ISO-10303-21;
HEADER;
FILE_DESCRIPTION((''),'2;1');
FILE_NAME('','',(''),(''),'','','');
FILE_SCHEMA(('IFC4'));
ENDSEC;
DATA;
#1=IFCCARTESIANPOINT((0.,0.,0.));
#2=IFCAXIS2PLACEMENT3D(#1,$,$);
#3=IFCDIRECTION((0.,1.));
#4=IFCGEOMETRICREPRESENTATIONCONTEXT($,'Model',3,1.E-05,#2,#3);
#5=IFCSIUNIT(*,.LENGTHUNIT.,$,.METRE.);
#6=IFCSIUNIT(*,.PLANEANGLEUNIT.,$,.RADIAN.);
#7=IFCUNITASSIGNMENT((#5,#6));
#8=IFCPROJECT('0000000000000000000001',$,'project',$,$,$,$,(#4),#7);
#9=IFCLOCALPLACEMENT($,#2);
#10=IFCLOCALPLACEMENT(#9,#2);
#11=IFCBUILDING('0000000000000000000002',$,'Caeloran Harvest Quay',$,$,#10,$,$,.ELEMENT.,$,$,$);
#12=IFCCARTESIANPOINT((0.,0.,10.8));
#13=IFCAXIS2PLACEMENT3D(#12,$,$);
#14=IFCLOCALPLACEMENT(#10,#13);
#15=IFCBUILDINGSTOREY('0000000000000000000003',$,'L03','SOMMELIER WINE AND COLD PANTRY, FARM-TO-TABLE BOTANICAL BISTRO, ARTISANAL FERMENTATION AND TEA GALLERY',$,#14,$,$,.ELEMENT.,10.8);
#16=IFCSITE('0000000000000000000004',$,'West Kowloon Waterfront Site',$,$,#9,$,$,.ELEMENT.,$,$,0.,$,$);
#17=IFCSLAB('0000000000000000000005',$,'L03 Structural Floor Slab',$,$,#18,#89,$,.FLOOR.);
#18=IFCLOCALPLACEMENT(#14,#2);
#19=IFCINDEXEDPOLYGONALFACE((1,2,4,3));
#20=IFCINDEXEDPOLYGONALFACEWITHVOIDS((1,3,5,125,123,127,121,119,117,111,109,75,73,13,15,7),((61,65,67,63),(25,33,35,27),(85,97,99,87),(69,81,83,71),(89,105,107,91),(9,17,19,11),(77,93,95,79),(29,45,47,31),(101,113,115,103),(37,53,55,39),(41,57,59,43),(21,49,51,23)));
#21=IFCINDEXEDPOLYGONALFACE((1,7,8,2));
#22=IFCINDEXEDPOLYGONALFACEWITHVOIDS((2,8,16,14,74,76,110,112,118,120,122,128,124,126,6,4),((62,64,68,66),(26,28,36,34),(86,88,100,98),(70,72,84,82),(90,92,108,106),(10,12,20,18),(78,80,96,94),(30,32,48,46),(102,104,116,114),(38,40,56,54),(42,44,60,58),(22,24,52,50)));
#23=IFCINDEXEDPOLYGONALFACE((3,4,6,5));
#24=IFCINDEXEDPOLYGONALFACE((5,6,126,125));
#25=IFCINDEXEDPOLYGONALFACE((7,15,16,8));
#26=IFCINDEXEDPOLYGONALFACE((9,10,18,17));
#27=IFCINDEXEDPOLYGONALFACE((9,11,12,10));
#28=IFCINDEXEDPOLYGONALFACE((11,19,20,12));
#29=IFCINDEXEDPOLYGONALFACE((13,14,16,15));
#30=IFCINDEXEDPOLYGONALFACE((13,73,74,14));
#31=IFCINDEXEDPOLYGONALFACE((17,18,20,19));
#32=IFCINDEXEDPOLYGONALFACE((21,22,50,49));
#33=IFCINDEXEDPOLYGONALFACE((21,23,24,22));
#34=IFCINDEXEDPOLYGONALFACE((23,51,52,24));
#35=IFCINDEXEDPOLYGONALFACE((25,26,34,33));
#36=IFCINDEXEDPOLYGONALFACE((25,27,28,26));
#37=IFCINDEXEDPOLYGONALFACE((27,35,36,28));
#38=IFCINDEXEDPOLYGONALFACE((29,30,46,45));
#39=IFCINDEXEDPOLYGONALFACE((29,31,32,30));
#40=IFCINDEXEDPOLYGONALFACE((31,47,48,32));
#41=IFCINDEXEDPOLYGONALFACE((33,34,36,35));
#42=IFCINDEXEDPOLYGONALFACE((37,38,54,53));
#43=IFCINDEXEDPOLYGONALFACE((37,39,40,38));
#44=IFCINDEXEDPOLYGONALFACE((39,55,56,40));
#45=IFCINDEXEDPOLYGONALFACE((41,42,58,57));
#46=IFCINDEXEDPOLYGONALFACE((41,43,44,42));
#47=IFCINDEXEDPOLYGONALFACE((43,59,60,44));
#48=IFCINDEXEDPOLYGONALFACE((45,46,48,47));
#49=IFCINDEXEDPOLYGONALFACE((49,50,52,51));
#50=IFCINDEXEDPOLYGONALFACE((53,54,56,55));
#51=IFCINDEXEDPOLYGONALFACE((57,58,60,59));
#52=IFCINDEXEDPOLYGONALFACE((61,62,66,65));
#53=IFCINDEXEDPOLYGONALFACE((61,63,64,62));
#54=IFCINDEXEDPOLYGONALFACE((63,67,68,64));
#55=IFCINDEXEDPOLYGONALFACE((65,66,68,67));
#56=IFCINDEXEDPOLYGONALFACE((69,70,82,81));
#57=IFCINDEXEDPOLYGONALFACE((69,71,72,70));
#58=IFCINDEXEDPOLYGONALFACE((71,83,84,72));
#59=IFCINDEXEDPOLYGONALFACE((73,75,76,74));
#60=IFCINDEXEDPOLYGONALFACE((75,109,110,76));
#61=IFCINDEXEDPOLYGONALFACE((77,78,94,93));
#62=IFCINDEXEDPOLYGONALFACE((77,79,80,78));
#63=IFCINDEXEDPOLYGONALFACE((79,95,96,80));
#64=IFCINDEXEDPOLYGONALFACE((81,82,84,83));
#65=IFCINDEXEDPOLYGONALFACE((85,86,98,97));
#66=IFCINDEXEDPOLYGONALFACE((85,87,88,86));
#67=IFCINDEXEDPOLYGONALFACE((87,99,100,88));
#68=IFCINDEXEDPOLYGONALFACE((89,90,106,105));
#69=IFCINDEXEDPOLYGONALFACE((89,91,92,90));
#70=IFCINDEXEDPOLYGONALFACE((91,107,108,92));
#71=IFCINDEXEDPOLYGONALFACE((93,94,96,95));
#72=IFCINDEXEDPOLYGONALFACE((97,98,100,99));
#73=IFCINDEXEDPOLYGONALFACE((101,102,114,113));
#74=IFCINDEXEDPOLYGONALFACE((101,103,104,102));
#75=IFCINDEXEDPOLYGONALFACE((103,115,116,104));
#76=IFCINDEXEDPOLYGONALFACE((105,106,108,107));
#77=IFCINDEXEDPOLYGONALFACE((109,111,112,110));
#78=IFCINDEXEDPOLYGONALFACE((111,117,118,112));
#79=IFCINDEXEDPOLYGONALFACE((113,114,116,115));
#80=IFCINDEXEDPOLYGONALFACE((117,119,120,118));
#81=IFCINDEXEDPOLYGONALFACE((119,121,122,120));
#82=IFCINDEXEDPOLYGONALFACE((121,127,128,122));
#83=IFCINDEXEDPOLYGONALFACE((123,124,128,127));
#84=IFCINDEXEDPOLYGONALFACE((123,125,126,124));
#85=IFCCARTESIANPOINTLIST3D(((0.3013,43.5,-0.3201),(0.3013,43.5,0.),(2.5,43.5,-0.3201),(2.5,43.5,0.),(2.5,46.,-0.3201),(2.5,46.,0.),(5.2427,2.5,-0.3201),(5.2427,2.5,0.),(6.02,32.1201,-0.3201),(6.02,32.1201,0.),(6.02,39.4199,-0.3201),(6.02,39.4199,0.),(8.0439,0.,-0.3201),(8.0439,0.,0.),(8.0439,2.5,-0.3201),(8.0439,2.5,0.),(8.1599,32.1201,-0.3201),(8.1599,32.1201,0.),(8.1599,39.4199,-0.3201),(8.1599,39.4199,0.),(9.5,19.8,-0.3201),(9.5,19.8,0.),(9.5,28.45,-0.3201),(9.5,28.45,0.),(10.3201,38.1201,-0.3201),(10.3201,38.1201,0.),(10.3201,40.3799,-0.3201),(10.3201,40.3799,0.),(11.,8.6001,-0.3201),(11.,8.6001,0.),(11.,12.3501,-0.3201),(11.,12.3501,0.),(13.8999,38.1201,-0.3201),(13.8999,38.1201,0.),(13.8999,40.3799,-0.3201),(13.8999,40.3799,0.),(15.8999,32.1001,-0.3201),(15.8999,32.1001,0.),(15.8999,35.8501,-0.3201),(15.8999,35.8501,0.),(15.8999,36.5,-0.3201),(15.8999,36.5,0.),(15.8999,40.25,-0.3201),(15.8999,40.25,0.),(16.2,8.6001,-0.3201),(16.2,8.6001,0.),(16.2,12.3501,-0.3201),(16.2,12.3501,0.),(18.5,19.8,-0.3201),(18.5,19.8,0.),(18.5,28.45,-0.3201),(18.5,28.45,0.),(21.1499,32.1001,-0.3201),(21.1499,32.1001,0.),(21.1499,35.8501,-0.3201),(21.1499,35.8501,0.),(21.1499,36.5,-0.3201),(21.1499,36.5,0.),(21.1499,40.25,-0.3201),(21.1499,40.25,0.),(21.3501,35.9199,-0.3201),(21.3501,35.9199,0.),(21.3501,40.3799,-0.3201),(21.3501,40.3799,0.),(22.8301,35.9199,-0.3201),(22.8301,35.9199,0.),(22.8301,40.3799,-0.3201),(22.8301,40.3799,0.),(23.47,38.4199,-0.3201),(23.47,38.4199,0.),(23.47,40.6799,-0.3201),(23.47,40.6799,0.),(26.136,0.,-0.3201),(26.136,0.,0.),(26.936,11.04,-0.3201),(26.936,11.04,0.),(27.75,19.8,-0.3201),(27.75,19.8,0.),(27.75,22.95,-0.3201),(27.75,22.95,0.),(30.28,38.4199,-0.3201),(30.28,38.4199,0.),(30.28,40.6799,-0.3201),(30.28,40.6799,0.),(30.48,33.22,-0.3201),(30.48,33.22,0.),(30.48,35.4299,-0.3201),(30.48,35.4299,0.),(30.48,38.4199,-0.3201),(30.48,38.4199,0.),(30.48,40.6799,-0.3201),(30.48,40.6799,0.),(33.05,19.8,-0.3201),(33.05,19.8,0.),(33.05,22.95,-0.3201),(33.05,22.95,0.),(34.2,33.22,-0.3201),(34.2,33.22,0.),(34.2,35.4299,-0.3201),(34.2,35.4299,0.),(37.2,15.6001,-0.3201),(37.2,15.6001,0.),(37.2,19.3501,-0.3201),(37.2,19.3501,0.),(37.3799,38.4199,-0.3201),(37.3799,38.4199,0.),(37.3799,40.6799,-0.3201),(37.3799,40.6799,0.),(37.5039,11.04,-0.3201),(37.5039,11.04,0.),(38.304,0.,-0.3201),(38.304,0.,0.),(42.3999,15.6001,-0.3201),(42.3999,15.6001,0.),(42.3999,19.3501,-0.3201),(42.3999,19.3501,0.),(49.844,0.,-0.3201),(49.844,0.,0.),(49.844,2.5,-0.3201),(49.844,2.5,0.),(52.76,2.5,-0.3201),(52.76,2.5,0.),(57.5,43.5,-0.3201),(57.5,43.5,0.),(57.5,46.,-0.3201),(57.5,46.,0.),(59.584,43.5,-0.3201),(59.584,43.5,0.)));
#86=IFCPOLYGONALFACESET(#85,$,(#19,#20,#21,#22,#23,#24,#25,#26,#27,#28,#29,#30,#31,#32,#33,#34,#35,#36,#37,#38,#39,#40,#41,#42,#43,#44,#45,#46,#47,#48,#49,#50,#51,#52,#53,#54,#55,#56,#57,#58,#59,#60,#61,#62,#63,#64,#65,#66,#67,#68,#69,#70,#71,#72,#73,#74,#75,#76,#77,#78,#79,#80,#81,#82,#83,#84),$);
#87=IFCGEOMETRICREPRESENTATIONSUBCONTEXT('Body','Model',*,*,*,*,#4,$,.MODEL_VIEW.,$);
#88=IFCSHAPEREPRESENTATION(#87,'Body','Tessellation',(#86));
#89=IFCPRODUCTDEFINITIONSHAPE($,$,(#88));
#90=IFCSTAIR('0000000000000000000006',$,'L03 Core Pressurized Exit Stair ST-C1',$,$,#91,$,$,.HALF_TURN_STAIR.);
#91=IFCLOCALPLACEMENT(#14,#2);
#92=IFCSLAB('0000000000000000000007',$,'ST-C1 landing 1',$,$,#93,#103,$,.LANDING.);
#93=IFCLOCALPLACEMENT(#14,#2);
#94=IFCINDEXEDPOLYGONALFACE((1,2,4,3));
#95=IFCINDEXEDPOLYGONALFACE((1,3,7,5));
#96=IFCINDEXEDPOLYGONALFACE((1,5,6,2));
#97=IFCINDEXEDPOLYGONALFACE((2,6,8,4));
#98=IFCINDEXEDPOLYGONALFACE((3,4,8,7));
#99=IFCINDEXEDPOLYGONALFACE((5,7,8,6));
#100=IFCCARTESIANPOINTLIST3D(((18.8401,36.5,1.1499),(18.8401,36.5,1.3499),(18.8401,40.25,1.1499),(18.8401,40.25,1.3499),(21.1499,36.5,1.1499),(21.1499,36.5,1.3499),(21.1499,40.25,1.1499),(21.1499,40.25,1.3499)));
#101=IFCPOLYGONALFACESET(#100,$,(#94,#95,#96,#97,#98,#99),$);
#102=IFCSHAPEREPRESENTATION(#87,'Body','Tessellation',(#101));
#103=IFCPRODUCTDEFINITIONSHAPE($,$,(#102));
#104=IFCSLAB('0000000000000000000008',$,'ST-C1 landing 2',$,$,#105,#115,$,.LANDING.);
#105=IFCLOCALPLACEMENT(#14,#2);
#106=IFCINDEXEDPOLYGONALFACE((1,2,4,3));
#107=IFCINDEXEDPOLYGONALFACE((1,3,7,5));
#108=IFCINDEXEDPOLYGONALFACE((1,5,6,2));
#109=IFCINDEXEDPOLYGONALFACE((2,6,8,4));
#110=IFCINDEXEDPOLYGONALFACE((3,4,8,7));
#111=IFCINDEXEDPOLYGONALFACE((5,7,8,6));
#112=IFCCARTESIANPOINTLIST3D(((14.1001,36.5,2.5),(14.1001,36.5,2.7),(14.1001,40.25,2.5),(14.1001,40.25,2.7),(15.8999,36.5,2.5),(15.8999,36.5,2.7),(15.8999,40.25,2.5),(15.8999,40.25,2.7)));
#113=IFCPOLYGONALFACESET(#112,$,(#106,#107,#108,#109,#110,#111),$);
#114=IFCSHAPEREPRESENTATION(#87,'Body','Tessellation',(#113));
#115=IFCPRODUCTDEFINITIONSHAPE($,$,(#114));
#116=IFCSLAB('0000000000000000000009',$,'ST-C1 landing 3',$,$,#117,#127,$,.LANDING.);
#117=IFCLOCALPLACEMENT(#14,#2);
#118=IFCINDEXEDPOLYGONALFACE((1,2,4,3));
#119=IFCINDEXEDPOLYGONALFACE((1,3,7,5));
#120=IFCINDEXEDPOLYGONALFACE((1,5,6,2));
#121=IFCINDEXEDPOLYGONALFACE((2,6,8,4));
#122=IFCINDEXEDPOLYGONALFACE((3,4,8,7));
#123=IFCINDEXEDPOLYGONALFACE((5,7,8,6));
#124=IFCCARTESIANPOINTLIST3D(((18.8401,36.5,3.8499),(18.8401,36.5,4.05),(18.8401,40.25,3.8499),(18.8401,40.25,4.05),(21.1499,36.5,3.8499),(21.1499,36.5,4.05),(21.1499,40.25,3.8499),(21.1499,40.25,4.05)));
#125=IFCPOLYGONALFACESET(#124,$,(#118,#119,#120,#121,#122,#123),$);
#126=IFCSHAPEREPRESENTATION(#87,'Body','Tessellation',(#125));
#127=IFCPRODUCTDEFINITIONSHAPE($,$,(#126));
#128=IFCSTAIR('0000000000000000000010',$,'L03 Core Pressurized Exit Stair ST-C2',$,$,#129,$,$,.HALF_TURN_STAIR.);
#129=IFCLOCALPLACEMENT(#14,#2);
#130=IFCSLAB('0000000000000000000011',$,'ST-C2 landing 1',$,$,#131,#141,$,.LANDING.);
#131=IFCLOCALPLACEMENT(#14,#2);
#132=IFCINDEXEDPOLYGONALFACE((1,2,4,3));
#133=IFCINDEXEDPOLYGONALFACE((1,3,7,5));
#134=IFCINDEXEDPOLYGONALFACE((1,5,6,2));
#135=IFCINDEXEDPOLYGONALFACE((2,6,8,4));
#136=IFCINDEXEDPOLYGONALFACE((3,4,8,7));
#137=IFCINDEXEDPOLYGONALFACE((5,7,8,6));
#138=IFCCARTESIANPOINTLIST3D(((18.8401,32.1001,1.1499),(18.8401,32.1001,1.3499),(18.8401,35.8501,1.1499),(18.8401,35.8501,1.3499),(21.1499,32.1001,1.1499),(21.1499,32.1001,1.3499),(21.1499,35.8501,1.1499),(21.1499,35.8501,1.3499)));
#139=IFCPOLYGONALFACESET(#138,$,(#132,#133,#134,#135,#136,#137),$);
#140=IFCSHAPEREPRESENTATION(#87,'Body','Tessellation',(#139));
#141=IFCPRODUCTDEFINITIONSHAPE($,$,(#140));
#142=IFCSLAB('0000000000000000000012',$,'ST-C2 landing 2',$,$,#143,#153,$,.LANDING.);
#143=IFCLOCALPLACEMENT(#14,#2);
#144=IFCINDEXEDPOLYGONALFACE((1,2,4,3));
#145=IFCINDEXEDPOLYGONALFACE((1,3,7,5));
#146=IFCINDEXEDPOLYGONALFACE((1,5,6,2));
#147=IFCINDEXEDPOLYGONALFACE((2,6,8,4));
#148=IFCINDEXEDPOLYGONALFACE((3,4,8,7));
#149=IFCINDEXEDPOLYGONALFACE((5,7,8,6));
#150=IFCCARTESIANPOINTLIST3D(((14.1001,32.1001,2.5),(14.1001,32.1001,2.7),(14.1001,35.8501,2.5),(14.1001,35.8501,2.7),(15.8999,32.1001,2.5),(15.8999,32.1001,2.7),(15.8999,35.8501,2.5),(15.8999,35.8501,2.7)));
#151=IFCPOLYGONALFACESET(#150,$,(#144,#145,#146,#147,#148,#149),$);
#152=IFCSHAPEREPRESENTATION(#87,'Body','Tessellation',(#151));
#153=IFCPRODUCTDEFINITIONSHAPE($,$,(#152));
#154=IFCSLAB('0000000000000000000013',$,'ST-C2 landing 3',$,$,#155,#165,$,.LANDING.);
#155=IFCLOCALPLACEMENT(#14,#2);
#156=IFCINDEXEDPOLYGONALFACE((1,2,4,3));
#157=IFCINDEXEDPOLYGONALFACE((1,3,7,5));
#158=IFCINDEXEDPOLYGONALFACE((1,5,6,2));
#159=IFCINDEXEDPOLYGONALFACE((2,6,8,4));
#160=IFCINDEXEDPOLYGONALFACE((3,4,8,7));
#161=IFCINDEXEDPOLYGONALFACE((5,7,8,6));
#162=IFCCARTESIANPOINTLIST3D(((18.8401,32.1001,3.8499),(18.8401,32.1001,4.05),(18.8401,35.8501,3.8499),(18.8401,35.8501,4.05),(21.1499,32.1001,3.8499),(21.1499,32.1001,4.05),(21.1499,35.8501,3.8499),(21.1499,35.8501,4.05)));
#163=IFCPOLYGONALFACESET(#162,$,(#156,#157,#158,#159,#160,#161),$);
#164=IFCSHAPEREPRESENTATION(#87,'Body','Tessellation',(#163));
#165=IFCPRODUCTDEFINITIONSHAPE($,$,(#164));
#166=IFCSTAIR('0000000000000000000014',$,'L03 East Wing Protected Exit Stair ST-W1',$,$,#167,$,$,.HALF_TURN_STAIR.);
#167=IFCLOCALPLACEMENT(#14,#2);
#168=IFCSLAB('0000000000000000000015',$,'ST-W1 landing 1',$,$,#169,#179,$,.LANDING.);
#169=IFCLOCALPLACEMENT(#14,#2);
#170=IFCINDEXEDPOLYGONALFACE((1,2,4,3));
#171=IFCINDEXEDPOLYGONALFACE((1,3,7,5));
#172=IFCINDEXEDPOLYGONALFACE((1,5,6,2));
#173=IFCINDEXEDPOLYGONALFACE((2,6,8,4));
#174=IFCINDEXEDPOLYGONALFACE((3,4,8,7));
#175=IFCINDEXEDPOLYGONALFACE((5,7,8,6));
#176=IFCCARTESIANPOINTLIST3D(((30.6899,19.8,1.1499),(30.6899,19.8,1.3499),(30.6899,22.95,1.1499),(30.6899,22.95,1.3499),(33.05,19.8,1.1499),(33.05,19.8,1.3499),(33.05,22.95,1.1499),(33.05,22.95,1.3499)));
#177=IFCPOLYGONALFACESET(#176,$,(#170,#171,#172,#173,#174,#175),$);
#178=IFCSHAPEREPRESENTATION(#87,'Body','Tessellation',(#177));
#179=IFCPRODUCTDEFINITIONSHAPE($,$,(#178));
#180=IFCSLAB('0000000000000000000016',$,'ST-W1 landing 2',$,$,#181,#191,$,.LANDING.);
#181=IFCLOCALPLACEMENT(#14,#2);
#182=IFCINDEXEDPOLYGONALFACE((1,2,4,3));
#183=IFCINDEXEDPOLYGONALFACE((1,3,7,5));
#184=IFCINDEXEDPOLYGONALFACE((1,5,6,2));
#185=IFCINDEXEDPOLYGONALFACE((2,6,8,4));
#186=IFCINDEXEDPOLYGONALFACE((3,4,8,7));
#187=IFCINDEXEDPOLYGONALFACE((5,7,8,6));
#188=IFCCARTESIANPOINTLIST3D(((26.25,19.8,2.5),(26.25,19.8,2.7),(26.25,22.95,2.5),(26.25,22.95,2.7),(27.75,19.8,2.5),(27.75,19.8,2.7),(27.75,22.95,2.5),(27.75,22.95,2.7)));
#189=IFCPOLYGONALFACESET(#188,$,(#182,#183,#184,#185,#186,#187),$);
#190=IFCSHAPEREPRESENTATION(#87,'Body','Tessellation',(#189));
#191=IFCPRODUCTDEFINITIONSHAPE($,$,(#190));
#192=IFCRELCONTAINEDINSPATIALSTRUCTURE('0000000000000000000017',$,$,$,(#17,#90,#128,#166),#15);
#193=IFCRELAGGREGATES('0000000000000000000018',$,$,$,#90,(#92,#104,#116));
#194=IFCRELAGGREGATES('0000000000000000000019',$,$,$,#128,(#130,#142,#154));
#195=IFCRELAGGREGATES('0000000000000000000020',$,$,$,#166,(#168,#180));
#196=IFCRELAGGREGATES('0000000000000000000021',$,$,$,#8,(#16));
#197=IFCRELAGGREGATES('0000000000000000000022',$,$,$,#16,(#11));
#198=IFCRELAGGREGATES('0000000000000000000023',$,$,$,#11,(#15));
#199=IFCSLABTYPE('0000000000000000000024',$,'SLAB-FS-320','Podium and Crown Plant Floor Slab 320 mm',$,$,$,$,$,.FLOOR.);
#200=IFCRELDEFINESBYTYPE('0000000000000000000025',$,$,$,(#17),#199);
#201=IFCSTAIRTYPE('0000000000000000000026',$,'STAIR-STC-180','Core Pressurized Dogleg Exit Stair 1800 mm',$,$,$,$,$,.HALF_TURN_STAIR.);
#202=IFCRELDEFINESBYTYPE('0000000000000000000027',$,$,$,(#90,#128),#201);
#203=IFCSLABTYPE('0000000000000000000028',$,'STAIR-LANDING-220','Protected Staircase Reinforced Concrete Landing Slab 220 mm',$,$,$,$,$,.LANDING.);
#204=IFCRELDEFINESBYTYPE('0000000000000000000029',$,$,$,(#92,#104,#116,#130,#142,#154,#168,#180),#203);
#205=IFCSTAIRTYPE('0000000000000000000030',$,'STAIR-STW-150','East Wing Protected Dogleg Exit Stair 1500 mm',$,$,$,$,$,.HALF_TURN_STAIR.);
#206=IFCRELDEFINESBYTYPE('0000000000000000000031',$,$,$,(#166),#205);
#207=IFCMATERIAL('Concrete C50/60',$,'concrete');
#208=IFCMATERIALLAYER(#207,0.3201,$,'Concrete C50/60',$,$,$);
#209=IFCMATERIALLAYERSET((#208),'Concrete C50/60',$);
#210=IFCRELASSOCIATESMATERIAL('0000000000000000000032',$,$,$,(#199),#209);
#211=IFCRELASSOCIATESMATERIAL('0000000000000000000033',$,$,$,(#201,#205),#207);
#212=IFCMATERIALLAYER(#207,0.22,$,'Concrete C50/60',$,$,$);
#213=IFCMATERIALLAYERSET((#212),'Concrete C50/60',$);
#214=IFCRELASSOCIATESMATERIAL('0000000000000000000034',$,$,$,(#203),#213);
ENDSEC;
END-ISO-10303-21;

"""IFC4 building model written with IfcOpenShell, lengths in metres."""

from ifc_helpers import new_model, si_unit, direction, frame, origin, place, context, subcontext, project, spatial, polyline, outline, extrude, material, layer, layer_set, type_object, element, aggregate, save


model = new_model("IFC4")

# Units and contexts
model_context = context("Model", 3, precision=1e-05, world=origin(), true_north=direction((0.0, 1.0)))
body_context = subcontext(model_context, "Body", "Model", "MODEL_VIEW")
ifc_project = project(units=[si_unit("LENGTHUNIT", "METRE"), si_unit("PLANEANGLEUNIT", "RADIAN")], contexts=[model_context])

# Site, building, storey
site_placement = place(None, origin())
site = spatial("IfcSite", under=ifc_project, at=site_placement, Name="West Kowloon Waterfront Site", CompositionType="ELEMENT", RefElevation=0.0)
building_placement = place(site_placement, origin())
building = spatial("IfcBuilding", under=site, at=building_placement, Name="Caeloran Harvest Quay", CompositionType="ELEMENT")
storey_placement = place(building_placement, frame((0.0, 0.0, 10.8)))
storey = spatial("IfcBuildingStorey", under=building, at=storey_placement, Name="L03", Description="SOMMELIER WINE AND COLD PANTRY, FARM-TO-TABLE BOTANICAL BISTRO, ARTISANAL FERMENTATION AND TEA GALLERY", CompositionType="ELEMENT", Elevation=10.8)

# Slab
ifc_material_1 = material(Name="Concrete C50/60", Category="concrete")
ifc_layer_1 = layer(ifc_material_1, 0.3201, Name="Concrete C50/60")
ifc_layer_set_1 = layer_set([ifc_layer_1], Name="Concrete C50/60")
slab_type_1 = type_object("IfcSlabType", Name="SLAB-FS-320", Description="Podium and Crown Plant Floor Slab 320 mm", PredefinedType="FLOOR", material=ifc_layer_set_1)
slab_1_placement = place(storey_placement, frame((0.0, 0.0, -0.3201)))
element("IfcSlab", 1, at=slab_1_placement, inside=storey, type_object=slab_type_1, Name="L03 Structural Floor Slab", PredefinedType="FLOOR", context=body_context, shape_type="SweptSolid", body=[
    extrude(outline(polyline([(8.0439, 0.0), (26.136, 0.0), (26.936, 11.04), (37.5039, 11.04), (38.304, 0.0), (49.844, 0.0), (49.844, 2.5), (52.76, 2.5), (59.584, 43.5), (57.5, 43.5), (57.5, 46.0), (2.5, 46.0), (2.5, 43.5), (0.3013, 43.5), (5.2427, 2.5), (8.0439, 2.5), (8.0439, 0.0)]), holes=[polyline([(11.0, 8.6001), (11.0, 12.3501), (16.2, 12.3501), (16.2, 8.6001), (11.0, 8.6001)]), polyline([(9.5, 19.8), (9.5, 28.45), (18.5, 28.45), (18.5, 19.8), (9.5, 19.8)]), polyline([(15.8999, 35.8501), (21.1499, 35.8501), (21.1499, 32.1001), (15.8999, 32.1001), (15.8999, 35.8501)]), polyline([(8.1599, 32.1201), (6.02, 32.1201), (6.02, 39.4199), (8.1599, 39.4199), (8.1599, 32.1201)]), polyline([(15.8999, 40.25), (21.1499, 40.25), (21.1499, 36.5), (15.8999, 36.5), (15.8999, 40.25)]), polyline([(10.3201, 38.1201), (10.3201, 40.3799), (13.8999, 40.3799), (13.8999, 38.1201), (10.3201, 38.1201)]), polyline([(37.2, 15.6001), (37.2, 19.3501), (42.3999, 19.3501), (42.3999, 15.6001), (37.2, 15.6001)]), polyline([(27.75, 22.95), (33.05, 22.95), (33.05, 19.8), (27.75, 19.8), (27.75, 22.95)]), polyline([(30.48, 33.22), (30.48, 35.4299), (34.2, 35.4299), (34.2, 33.22), (30.48, 33.22)]), polyline([(22.8301, 35.9199), (21.3501, 35.9199), (21.3501, 40.3799), (22.8301, 40.3799), (22.8301, 35.9199)]), polyline([(23.47, 38.4199), (23.47, 40.6799), (30.28, 40.6799), (30.28, 38.4199), (23.47, 38.4199)]), polyline([(30.48, 38.4199), (30.48, 40.6799), (37.3799, 40.6799), (37.3799, 38.4199), (30.48, 38.4199)])]), origin(), (0.0, 0.0, 1.0), 0.3201),
])

# Stairs, slabs
stair_type_1 = type_object("IfcStairType", Name="STAIR-STC-180", Description="Core Pressurized Dogleg Exit Stair 1800 mm", PredefinedType="HALF_TURN_STAIR", material=ifc_material_1)
stair_1_placement = place(storey_placement, origin())
stair_1 = element("IfcStair", 2, at=stair_1_placement, inside=storey, type_object=stair_type_1, Name="L03 Core Pressurized Exit Stair ST-C1", PredefinedType="HALF_TURN_STAIR")
ifc_layer_2 = layer(ifc_material_1, 0.22, Name="Concrete C50/60")
ifc_layer_set_2 = layer_set([ifc_layer_2], Name="Concrete C50/60")
slab_type_2 = type_object("IfcSlabType", Name="STAIR-LANDING-220", Description="Protected Staircase Reinforced Concrete Landing Slab 220 mm", PredefinedType="LANDING", material=ifc_layer_set_2)
slab_2_placement = place(storey_placement, frame((0.0, 0.0, 1.1499)))
slab_2 = element("IfcSlab", 3, at=slab_2_placement, type_object=slab_type_2, Name="ST-C1 landing 1", PredefinedType="LANDING", context=body_context, shape_type="SweptSolid", body=[
    extrude(outline(polyline([(18.8401, 36.5), (21.1499, 36.5), (21.1499, 40.25), (18.8401, 40.25), (18.8401, 36.5)])), origin(), (0.0, 0.0, 1.0), 0.2),
])
slab_3_placement = place(storey_placement, frame((0.0, 0.0, 2.5)))
slab_3 = element("IfcSlab", 4, at=slab_3_placement, type_object=slab_type_2, Name="ST-C1 landing 2", PredefinedType="LANDING", context=body_context, shape_type="SweptSolid", body=[
    extrude(outline(polyline([(14.1001, 36.5), (15.8999, 36.5), (15.8999, 40.25), (14.1001, 40.25), (14.1001, 36.5)])), origin(), (0.0, 0.0, 1.0), 0.2),
])
slab_4_placement = place(storey_placement, frame((0.0, 0.0, 3.8499)))
slab_4 = element("IfcSlab", 5, at=slab_4_placement, type_object=slab_type_2, Name="ST-C1 landing 3", PredefinedType="LANDING", context=body_context, shape_type="SweptSolid", body=[
    extrude(outline(polyline([(18.8401, 36.5), (21.1499, 36.5), (21.1499, 40.25), (18.8401, 40.25), (18.8401, 36.5)])), origin(), (0.0, 0.0, 1.0), 0.2002),
])
aggregate(stair_1, [slab_2, slab_3, slab_4])
stair_2_placement = place(storey_placement, origin())
stair_2 = element("IfcStair", 6, at=stair_2_placement, inside=storey, type_object=stair_type_1, Name="L03 Core Pressurized Exit Stair ST-C2", PredefinedType="HALF_TURN_STAIR")
slab_5_placement = place(storey_placement, frame((0.0, 0.0, 1.1499)))
slab_5 = element("IfcSlab", 7, at=slab_5_placement, type_object=slab_type_2, Name="ST-C2 landing 1", PredefinedType="LANDING", context=body_context, shape_type="SweptSolid", body=[
    extrude(outline(polyline([(18.8401, 32.1001), (21.1499, 32.1001), (21.1499, 35.8501), (18.8401, 35.8501), (18.8401, 32.1001)])), origin(), (0.0, 0.0, 1.0), 0.2),
])
slab_6_placement = place(storey_placement, frame((0.0, 0.0, 2.5)))
slab_6 = element("IfcSlab", 8, at=slab_6_placement, type_object=slab_type_2, Name="ST-C2 landing 2", PredefinedType="LANDING", context=body_context, shape_type="SweptSolid", body=[
    extrude(outline(polyline([(14.1001, 32.1001), (15.8999, 32.1001), (15.8999, 35.8501), (14.1001, 35.8501), (14.1001, 32.1001)])), origin(), (0.0, 0.0, 1.0), 0.2),
])
slab_7_placement = place(storey_placement, frame((0.0, 0.0, 3.8499)))
slab_7 = element("IfcSlab", 9, at=slab_7_placement, type_object=slab_type_2, Name="ST-C2 landing 3", PredefinedType="LANDING", context=body_context, shape_type="SweptSolid", body=[
    extrude(outline(polyline([(18.8401, 32.1001), (21.1499, 32.1001), (21.1499, 35.8501), (18.8401, 35.8501), (18.8401, 32.1001)])), origin(), (0.0, 0.0, 1.0), 0.2002),
])
aggregate(stair_2, [slab_5, slab_6, slab_7])
stair_type_2 = type_object("IfcStairType", Name="STAIR-STW-150", Description="East Wing Protected Dogleg Exit Stair 1500 mm", PredefinedType="HALF_TURN_STAIR", material=ifc_material_1)
stair_3_placement = place(storey_placement, origin())
stair_3 = element("IfcStair", 10, at=stair_3_placement, inside=storey, type_object=stair_type_2, Name="L03 East Wing Protected Exit Stair ST-W1", PredefinedType="HALF_TURN_STAIR")
slab_8_placement = place(storey_placement, frame((0.0, 0.0, 1.1499)))
slab_8 = element("IfcSlab", 11, at=slab_8_placement, type_object=slab_type_2, Name="ST-W1 landing 1", PredefinedType="LANDING", context=body_context, shape_type="SweptSolid", body=[
    extrude(outline(polyline([(30.6899, 19.8), (33.05, 19.8), (33.05, 22.95), (30.6899, 22.95), (30.6899, 19.8)])), origin(), (0.0, 0.0, 1.0), 0.2),
])
slab_9_placement = place(storey_placement, frame((0.0, 0.0, 2.5)))
slab_9 = element("IfcSlab", 12, at=slab_9_placement, type_object=slab_type_2, Name="ST-W1 landing 2", PredefinedType="LANDING", context=body_context, shape_type="SweptSolid", body=[
    extrude(outline(polyline([(26.25, 19.8), (27.75, 19.8), (27.75, 22.95), (26.25, 22.95), (26.25, 19.8)])), origin(), (0.0, 0.0, 1.0), 0.2),
])
aggregate(stair_3, [slab_8, slab_9])

save(model, "model.ifc")
